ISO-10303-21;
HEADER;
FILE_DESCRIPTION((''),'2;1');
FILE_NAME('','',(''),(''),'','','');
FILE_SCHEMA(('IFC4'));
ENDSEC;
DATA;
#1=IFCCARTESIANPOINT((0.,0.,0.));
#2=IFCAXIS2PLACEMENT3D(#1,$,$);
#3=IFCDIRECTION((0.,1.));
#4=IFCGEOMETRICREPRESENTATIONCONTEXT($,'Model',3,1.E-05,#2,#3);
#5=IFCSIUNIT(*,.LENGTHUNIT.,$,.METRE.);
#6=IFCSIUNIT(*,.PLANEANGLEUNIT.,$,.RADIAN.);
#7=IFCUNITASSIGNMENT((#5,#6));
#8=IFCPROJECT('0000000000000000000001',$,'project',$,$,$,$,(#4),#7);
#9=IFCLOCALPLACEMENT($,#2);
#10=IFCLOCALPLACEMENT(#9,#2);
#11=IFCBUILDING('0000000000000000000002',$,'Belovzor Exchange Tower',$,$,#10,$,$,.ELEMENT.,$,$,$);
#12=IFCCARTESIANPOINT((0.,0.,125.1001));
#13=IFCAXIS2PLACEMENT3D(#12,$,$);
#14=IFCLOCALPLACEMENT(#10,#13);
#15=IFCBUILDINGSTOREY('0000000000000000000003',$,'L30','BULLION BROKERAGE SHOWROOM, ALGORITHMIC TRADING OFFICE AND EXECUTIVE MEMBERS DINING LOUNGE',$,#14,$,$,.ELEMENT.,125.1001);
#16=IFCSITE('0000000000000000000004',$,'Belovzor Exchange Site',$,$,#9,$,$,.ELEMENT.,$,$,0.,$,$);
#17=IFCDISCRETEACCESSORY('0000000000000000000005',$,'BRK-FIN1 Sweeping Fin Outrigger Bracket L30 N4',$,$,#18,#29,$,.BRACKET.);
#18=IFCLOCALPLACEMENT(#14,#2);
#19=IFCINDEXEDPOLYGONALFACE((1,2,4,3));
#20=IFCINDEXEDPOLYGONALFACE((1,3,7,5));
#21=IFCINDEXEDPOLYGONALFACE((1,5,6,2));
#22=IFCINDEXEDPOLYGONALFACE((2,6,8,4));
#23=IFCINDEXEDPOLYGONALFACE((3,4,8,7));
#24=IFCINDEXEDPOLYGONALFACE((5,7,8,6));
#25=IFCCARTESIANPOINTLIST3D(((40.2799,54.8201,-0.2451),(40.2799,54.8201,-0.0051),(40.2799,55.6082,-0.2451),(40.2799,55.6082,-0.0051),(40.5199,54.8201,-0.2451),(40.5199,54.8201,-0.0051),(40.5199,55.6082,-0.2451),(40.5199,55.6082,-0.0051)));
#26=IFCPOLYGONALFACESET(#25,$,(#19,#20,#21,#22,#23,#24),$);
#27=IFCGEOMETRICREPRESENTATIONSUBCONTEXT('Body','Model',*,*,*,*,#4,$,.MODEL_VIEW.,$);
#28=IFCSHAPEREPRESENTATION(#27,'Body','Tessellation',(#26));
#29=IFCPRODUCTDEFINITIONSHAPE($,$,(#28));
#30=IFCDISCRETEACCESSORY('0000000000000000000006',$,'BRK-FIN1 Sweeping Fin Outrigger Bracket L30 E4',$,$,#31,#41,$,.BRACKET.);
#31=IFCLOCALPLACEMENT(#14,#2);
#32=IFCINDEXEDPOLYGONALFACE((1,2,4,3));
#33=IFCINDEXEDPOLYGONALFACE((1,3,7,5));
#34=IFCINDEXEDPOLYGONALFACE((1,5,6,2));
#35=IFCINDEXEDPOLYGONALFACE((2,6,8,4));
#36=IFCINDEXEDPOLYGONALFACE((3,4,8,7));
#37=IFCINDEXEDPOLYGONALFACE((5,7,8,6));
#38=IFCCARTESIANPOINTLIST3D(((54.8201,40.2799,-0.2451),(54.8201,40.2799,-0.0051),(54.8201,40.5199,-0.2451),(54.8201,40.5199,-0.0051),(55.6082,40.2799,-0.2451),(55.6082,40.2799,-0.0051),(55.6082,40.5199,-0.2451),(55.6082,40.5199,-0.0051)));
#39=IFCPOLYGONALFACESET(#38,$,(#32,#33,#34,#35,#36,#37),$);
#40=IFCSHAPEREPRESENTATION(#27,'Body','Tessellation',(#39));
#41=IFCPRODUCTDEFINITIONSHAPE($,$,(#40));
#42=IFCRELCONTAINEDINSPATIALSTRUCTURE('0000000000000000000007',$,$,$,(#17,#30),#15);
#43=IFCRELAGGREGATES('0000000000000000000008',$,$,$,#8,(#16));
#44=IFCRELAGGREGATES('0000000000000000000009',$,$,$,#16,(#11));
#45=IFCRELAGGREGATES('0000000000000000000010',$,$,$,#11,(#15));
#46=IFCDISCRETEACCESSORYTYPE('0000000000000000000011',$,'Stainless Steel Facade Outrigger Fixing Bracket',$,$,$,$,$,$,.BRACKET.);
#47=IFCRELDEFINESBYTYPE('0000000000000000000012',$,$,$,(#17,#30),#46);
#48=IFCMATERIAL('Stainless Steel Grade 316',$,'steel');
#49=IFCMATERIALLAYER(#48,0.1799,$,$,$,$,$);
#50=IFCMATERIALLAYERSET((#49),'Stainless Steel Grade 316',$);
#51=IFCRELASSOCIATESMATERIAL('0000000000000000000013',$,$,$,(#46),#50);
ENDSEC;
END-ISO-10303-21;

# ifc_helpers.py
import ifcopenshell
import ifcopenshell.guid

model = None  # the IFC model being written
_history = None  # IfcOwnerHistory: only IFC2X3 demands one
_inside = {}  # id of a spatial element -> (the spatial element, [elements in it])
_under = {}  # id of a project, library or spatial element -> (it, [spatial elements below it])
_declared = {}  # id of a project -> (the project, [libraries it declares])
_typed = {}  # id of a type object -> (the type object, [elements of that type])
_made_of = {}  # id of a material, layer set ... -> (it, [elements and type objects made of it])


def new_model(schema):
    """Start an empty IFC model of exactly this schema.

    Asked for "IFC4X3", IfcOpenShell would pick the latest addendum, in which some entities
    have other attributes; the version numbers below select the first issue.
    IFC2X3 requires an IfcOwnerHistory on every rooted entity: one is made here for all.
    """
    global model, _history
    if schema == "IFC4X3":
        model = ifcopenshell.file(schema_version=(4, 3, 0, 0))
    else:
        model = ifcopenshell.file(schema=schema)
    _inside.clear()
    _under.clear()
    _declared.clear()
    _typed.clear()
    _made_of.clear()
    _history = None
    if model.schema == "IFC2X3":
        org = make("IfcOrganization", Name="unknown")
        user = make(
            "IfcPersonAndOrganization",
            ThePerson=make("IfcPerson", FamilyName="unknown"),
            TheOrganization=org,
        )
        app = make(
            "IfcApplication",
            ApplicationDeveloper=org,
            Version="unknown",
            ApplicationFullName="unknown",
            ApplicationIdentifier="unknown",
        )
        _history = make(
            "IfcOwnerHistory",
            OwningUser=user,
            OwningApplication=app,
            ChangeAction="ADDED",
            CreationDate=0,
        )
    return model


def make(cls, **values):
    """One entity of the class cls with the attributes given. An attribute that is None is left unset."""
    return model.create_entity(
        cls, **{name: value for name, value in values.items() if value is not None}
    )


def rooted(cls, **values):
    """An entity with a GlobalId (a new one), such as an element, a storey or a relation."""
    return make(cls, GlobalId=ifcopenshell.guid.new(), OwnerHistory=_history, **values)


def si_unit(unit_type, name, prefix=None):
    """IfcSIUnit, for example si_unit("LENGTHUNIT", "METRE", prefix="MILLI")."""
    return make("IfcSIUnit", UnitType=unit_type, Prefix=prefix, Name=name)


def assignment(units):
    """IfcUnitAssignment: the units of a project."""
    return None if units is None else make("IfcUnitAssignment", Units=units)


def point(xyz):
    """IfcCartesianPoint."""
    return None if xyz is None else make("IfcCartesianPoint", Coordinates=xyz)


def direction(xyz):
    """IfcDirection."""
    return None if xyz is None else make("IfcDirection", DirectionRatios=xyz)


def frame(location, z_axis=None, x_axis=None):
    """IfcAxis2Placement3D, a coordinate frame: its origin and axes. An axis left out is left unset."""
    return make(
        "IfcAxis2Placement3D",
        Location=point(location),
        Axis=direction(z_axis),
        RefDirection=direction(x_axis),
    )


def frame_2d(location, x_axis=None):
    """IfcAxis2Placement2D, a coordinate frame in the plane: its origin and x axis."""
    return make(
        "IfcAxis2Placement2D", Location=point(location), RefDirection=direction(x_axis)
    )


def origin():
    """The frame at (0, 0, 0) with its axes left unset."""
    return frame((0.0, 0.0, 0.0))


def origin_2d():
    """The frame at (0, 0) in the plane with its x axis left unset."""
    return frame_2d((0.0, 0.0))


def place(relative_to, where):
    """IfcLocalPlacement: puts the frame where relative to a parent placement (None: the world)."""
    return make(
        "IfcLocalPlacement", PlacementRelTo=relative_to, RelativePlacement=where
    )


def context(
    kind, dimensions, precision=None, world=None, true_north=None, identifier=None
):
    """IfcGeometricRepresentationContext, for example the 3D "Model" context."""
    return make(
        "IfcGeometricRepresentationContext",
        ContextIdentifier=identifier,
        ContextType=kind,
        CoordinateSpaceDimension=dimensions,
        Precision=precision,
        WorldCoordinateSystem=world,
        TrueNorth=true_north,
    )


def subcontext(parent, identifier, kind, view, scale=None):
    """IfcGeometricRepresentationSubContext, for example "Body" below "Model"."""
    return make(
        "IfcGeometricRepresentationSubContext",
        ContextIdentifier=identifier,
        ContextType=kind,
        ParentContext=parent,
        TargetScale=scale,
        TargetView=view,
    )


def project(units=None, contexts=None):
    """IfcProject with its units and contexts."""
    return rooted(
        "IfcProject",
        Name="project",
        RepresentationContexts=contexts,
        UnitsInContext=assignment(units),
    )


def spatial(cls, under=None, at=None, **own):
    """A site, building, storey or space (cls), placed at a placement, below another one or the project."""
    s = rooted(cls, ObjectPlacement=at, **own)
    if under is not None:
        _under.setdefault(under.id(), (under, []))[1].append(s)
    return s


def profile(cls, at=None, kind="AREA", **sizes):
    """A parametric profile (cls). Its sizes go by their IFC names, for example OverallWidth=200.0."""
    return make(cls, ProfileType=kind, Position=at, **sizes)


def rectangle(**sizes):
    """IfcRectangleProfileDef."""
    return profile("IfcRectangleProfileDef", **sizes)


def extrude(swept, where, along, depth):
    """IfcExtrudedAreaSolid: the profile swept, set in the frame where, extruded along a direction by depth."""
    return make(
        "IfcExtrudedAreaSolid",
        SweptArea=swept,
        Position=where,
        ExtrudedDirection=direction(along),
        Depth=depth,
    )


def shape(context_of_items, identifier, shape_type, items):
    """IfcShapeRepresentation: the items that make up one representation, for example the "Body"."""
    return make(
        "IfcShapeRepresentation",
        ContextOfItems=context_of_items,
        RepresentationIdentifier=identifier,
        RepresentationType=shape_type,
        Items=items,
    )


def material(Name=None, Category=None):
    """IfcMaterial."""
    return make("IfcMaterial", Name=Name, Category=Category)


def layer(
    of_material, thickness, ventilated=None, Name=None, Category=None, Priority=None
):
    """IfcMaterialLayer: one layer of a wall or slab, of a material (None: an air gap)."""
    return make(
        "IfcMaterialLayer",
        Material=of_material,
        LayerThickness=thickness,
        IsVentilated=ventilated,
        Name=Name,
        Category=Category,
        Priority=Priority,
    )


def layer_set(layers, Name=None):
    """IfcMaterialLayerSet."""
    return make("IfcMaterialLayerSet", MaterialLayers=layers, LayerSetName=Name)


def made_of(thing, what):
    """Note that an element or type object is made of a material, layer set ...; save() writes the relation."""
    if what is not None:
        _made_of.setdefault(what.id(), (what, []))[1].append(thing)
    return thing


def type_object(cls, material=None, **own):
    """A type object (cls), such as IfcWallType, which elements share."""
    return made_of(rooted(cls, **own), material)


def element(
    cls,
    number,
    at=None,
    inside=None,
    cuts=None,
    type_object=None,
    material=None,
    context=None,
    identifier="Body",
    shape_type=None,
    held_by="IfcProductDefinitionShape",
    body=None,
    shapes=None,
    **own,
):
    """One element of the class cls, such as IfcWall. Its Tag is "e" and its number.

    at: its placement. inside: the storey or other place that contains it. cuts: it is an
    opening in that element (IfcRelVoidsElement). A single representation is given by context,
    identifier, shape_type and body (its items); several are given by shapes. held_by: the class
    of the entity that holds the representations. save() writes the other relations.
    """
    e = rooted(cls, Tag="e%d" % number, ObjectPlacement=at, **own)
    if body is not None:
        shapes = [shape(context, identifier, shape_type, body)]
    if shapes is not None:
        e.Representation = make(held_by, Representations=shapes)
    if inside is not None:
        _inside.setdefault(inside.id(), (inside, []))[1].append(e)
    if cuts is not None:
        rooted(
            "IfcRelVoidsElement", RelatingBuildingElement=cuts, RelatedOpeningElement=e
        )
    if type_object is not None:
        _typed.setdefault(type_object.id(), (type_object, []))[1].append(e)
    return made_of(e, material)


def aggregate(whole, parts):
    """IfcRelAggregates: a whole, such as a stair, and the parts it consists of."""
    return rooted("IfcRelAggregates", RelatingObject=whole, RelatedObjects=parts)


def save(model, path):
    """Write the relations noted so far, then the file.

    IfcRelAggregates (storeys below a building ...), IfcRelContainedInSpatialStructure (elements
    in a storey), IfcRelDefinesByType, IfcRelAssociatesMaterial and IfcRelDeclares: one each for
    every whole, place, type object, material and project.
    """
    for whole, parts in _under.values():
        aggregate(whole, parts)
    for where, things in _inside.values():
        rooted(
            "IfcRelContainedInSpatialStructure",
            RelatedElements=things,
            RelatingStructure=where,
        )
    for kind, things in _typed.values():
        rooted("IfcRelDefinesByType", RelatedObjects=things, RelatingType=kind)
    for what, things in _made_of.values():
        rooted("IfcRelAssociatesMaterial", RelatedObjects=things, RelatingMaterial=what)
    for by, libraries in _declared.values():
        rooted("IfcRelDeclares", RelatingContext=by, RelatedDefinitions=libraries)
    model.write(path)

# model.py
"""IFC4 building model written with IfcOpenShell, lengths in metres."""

from ifc_helpers import new_model, si_unit, direction, frame, origin, origin_2d, place, context, subcontext, project, spatial, rectangle, extrude, material, layer, layer_set, type_object, element, save


model = new_model("IFC4")

# Units and contexts
model_context = context("Model", 3, precision=1e-05, world=origin(), true_north=direction((0.0, 1.0)))
body_context = subcontext(model_context, "Body", "Model", "MODEL_VIEW")
ifc_project = project(units=[si_unit("LENGTHUNIT", "METRE"), si_unit("PLANEANGLEUNIT", "RADIAN")], contexts=[model_context])

# Site, building, storey
site_placement = place(None, origin())
site = spatial("IfcSite", under=ifc_project, at=site_placement, Name="Belovzor Exchange Site", CompositionType="ELEMENT", RefElevation=0.0)
building_placement = place(site_placement, origin())
building = spatial("IfcBuilding", under=site, at=building_placement, Name="Belovzor Exchange Tower", CompositionType="ELEMENT")
storey_placement = place(building_placement, frame((0.0, 0.0, 125.1001)))
storey = spatial("IfcBuildingStorey", under=building, at=storey_placement, Name="L30", Description="BULLION BROKERAGE SHOWROOM, ALGORITHMIC TRADING OFFICE AND EXECUTIVE MEMBERS DINING LOUNGE", CompositionType="ELEMENT", Elevation=125.1001)

# Discrete accessories
ifc_material_1 = material(Name="Stainless Steel Grade 316", Category="steel")
ifc_layer_1 = layer(ifc_material_1, 0.1799)
ifc_layer_set_1 = layer_set([ifc_layer_1], Name="Stainless Steel Grade 316")
discrete_accessory_type = type_object("IfcDiscreteAccessoryType", Name="Stainless Steel Facade Outrigger Fixing Bracket", PredefinedType="BRACKET", material=ifc_layer_set_1)
for number, where, z_axis, x_axis, name in (
    (1, (40.3999, 55.2141, -0.2451), (0.0, 0.0, 1.0), (0.0, 1.0, 0.0), "BRK-FIN1 Sweeping Fin Outrigger Bracket L30 N4"),
    (2, (55.2141, 40.3999, -0.2451), (0.0, 0.0, 1.0), (1.0, 0.0, 0.0), "BRK-FIN1 Sweeping Fin Outrigger Bracket L30 E4"),
):
    element("IfcDiscreteAccessory", number, at=place(storey_placement, frame(where, z_axis=z_axis, x_axis=x_axis)), inside=storey, type_object=discrete_accessory_type, Name=name, PredefinedType="BRACKET", context=body_context, shape_type="SweptSolid", body=[
        extrude(rectangle(XDim=0.7881, YDim=0.24, at=origin_2d()), origin(), (0.0, 0.0, 1.0), 0.24),
    ])

save(model, "model.ifc")
